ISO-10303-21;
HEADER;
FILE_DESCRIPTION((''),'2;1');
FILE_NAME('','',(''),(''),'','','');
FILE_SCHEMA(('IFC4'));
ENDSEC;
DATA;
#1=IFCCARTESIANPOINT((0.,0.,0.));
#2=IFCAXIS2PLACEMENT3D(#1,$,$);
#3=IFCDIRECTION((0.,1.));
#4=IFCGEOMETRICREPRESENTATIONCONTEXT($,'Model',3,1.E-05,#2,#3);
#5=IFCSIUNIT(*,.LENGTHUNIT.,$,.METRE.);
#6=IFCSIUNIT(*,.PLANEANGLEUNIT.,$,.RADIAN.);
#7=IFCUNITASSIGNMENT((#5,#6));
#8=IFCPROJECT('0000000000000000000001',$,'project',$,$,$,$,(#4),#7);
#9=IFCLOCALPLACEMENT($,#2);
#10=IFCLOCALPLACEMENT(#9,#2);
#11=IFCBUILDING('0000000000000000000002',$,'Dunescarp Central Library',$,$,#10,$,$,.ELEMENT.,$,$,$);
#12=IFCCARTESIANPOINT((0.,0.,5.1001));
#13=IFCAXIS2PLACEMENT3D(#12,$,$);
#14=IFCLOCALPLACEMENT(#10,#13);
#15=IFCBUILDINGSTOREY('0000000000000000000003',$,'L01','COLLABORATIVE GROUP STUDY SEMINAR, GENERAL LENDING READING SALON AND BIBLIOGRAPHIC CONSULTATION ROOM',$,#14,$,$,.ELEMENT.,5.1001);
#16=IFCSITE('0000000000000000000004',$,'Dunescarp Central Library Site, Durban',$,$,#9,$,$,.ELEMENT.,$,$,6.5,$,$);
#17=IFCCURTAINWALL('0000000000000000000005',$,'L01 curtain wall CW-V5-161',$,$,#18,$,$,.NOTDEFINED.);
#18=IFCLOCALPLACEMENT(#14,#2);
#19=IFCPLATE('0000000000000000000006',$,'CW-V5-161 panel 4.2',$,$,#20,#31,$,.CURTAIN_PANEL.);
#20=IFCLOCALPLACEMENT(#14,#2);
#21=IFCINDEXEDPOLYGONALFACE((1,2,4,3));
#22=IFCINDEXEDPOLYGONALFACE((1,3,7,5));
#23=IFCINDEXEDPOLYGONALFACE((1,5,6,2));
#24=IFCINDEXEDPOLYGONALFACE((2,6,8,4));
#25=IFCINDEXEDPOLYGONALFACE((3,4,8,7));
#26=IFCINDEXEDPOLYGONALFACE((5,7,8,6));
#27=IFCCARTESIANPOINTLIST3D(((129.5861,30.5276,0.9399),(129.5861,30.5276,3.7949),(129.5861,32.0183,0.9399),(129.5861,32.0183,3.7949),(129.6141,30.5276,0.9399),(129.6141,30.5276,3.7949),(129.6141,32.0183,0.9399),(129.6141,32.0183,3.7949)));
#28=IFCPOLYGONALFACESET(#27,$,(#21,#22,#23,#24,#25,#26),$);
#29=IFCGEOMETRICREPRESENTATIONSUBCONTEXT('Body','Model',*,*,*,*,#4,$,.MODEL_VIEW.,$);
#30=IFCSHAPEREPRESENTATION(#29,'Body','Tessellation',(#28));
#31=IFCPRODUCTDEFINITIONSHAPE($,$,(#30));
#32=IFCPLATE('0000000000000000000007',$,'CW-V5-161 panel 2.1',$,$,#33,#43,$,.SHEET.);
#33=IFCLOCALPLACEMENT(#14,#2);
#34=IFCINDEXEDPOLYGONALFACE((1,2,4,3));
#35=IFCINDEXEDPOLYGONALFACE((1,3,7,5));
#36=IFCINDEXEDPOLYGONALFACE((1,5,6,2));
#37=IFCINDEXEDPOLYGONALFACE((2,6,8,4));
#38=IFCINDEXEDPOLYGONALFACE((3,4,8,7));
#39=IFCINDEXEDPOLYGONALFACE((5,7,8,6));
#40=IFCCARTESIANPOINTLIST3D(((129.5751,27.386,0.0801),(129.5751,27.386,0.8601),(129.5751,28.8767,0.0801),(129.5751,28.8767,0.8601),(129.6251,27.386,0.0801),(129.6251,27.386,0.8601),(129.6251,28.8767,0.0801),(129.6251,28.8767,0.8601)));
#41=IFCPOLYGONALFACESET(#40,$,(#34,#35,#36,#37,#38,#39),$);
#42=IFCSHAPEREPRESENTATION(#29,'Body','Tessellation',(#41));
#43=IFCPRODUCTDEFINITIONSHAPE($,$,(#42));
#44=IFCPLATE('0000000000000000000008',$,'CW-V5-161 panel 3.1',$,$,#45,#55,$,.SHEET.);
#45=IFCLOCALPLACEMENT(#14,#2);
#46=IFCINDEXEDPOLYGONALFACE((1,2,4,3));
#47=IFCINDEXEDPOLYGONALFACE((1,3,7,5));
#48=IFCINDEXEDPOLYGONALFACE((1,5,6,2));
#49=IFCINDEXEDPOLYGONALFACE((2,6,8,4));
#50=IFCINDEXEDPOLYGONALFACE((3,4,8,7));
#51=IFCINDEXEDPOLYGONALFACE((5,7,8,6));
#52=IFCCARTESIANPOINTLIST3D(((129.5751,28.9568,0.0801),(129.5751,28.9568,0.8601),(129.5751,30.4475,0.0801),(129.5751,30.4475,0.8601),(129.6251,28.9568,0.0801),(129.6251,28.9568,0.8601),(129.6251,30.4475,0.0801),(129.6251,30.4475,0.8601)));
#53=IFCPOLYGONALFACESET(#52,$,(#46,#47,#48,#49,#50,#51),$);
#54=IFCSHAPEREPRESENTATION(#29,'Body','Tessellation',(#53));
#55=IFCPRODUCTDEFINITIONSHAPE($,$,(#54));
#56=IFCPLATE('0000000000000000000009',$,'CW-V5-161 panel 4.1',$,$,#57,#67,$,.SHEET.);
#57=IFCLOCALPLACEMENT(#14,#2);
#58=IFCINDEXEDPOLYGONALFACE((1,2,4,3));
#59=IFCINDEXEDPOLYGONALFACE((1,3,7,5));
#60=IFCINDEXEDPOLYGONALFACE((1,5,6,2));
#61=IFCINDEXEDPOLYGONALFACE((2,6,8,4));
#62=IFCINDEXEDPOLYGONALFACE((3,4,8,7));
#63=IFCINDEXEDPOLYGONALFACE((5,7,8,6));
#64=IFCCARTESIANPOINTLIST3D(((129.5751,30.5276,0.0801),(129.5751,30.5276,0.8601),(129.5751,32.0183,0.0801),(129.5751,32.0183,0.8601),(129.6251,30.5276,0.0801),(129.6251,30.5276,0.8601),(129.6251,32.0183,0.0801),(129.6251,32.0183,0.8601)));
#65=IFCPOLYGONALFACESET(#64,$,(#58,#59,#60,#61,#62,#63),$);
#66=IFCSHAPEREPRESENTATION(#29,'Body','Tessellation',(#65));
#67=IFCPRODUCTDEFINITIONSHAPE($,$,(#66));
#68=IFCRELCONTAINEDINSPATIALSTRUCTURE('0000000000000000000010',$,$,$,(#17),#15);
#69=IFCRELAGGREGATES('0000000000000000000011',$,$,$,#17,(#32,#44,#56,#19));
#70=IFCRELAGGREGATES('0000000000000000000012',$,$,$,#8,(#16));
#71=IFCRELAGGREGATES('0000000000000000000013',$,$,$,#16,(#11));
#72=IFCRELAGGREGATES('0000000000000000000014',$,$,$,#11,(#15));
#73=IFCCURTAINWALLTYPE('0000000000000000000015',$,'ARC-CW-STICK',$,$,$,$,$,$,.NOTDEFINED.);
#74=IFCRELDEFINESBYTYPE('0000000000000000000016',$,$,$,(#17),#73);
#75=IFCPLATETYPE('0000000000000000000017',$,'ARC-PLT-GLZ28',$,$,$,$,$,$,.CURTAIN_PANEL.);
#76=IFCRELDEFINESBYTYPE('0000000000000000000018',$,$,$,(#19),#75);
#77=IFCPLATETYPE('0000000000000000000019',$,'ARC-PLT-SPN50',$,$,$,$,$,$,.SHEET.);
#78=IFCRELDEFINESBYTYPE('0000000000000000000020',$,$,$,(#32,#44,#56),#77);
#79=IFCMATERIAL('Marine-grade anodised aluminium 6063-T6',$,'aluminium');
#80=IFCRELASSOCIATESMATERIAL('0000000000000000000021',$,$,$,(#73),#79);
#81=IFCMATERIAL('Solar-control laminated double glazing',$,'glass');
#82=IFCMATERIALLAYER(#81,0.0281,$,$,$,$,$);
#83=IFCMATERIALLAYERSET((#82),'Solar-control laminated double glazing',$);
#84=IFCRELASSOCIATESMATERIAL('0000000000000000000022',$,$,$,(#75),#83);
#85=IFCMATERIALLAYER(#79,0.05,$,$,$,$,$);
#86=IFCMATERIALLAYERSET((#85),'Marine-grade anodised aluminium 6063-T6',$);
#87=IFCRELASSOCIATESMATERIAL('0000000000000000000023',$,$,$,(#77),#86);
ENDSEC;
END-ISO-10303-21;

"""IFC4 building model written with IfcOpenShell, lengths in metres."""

from ifc_helpers import new_model, si_unit, direction, frame, origin, origin_2d, place, context, subcontext, project, spatial, rectangle, extrude, material, layer, layer_set, type_object, element, aggregate, save


model = new_model("IFC4")

# Units and contexts
model_context = context("Model", 3, precision=1e-05, world=origin(), true_north=direction((0.0, 1.0)))
body_context = subcontext(model_context, "Body", "Model", "MODEL_VIEW")
ifc_project = project(units=[si_unit("LENGTHUNIT", "METRE"), si_unit("PLANEANGLEUNIT", "RADIAN")], contexts=[model_context])

# Site, building, storey
site_placement = place(None, origin())
site = spatial("IfcSite", under=ifc_project, at=site_placement, Name="Dunescarp Central Library Site, Durban", CompositionType="ELEMENT", RefElevation=6.5)
building_placement = place(site_placement, origin())
building = spatial("IfcBuilding", under=site, at=building_placement, Name="Dunescarp Central Library", CompositionType="ELEMENT")
storey_placement = place(building_placement, frame((0.0, 0.0, 5.1001)))
storey = spatial("IfcBuildingStorey", under=building, at=storey_placement, Name="L01", Description="COLLABORATIVE GROUP STUDY SEMINAR, GENERAL LENDING READING SALON AND BIBLIOGRAPHIC CONSULTATION ROOM", CompositionType="ELEMENT", Elevation=5.1001)

# Curtain wall
ifc_material_1 = material(Name="Marine-grade anodised aluminium 6063-T6", Category="aluminium")
curtain_wall_type = type_object("IfcCurtainWallType", Name="ARC-CW-STICK", PredefinedType="NOTDEFINED", material=ifc_material_1)
curtain_wall_placement = place(storey_placement, origin())
curtain_wall = element("IfcCurtainWall", 1, at=curtain_wall_placement, inside=storey, type_object=curtain_wall_type, Name="L01 curtain wall CW-V5-161", PredefinedType="NOTDEFINED")

# Plates
ifc_material_2 = material(Name="Solar-control laminated double glazing", Category="glass")
ifc_layer_1 = layer(ifc_material_2, 0.0281)
ifc_layer_set_1 = layer_set([ifc_layer_1], Name="Solar-control laminated double glazing")
plate_type_1 = type_object("IfcPlateType", Name="ARC-PLT-GLZ28", PredefinedType="CURTAIN_PANEL", material=ifc_layer_set_1)
plate_1_placement = place(storey_placement, frame((129.6001, 31.2729, 0.9399), z_axis=(0.0, 0.0, 1.0), x_axis=(0.0, 1.0, 0.0)))
plate_1 = element("IfcPlate", 2, at=plate_1_placement, type_object=plate_type_1, Name="CW-V5-161 panel 4.2", PredefinedType="CURTAIN_PANEL", context=body_context, shape_type="SweptSolid", body=[
    extrude(rectangle(XDim=1.4907, YDim=0.0281, at=origin_2d()), origin(), (0.0, 0.0, 1.0), 2.855),
])
ifc_layer_2 = layer(ifc_material_1, 0.05)
ifc_layer_set_2 = layer_set([ifc_layer_2], Name="Marine-grade anodised aluminium 6063-T6")
plate_type_2 = type_object("IfcPlateType", Name="ARC-PLT-SPN50", PredefinedType="SHEET", material=ifc_layer_set_2)
plate_2_placement = place(storey_placement, frame((129.6001, 28.1313, 0.0801), z_axis=(0.0, 0.0, 1.0), x_axis=(0.0, 1.0, 0.0)))
plate_2 = element("IfcPlate", 3, at=plate_2_placement, type_object=plate_type_2, Name="CW-V5-161 panel 2.1", PredefinedType="SHEET", context=body_context, shape_type="SweptSolid", body=[
    extrude(rectangle(XDim=1.4907, YDim=0.05, at=origin_2d()), origin(), (0.0, 0.0, 1.0), 0.78),
])
plate_3_placement = place(storey_placement, frame((129.6001, 29.7021, 0.0801), z_axis=(0.0, 0.0, 1.0), x_axis=(0.0, 1.0, 0.0)))
plate_3 = element("IfcPlate", 4, at=plate_3_placement, type_object=plate_type_2, Name="CW-V5-161 panel 3.1", PredefinedType="SHEET", context=body_context, shape_type="SweptSolid", body=[
    extrude(rectangle(XDim=1.4907, YDim=0.05, at=origin_2d()), origin(), (0.0, 0.0, 1.0), 0.78),
])
plate_4_placement = place(storey_placement, frame((129.6001, 31.2729, 0.0801), z_axis=(0.0, 0.0, 1.0), x_axis=(0.0, 1.0, 0.0)))
plate_4 = element("IfcPlate", 5, at=plate_4_placement, type_object=plate_type_2, Name="CW-V5-161 panel 4.1", PredefinedType="SHEET", context=body_context, shape_type="SweptSolid", body=[
    extrude(rectangle(XDim=1.4907, YDim=0.05, at=origin_2d()), origin(), (0.0, 0.0, 1.0), 0.78),
])
aggregate(curtain_wall, [plate_2, plate_3, plate_4, plate_1])

save(model, "model.ifc")
